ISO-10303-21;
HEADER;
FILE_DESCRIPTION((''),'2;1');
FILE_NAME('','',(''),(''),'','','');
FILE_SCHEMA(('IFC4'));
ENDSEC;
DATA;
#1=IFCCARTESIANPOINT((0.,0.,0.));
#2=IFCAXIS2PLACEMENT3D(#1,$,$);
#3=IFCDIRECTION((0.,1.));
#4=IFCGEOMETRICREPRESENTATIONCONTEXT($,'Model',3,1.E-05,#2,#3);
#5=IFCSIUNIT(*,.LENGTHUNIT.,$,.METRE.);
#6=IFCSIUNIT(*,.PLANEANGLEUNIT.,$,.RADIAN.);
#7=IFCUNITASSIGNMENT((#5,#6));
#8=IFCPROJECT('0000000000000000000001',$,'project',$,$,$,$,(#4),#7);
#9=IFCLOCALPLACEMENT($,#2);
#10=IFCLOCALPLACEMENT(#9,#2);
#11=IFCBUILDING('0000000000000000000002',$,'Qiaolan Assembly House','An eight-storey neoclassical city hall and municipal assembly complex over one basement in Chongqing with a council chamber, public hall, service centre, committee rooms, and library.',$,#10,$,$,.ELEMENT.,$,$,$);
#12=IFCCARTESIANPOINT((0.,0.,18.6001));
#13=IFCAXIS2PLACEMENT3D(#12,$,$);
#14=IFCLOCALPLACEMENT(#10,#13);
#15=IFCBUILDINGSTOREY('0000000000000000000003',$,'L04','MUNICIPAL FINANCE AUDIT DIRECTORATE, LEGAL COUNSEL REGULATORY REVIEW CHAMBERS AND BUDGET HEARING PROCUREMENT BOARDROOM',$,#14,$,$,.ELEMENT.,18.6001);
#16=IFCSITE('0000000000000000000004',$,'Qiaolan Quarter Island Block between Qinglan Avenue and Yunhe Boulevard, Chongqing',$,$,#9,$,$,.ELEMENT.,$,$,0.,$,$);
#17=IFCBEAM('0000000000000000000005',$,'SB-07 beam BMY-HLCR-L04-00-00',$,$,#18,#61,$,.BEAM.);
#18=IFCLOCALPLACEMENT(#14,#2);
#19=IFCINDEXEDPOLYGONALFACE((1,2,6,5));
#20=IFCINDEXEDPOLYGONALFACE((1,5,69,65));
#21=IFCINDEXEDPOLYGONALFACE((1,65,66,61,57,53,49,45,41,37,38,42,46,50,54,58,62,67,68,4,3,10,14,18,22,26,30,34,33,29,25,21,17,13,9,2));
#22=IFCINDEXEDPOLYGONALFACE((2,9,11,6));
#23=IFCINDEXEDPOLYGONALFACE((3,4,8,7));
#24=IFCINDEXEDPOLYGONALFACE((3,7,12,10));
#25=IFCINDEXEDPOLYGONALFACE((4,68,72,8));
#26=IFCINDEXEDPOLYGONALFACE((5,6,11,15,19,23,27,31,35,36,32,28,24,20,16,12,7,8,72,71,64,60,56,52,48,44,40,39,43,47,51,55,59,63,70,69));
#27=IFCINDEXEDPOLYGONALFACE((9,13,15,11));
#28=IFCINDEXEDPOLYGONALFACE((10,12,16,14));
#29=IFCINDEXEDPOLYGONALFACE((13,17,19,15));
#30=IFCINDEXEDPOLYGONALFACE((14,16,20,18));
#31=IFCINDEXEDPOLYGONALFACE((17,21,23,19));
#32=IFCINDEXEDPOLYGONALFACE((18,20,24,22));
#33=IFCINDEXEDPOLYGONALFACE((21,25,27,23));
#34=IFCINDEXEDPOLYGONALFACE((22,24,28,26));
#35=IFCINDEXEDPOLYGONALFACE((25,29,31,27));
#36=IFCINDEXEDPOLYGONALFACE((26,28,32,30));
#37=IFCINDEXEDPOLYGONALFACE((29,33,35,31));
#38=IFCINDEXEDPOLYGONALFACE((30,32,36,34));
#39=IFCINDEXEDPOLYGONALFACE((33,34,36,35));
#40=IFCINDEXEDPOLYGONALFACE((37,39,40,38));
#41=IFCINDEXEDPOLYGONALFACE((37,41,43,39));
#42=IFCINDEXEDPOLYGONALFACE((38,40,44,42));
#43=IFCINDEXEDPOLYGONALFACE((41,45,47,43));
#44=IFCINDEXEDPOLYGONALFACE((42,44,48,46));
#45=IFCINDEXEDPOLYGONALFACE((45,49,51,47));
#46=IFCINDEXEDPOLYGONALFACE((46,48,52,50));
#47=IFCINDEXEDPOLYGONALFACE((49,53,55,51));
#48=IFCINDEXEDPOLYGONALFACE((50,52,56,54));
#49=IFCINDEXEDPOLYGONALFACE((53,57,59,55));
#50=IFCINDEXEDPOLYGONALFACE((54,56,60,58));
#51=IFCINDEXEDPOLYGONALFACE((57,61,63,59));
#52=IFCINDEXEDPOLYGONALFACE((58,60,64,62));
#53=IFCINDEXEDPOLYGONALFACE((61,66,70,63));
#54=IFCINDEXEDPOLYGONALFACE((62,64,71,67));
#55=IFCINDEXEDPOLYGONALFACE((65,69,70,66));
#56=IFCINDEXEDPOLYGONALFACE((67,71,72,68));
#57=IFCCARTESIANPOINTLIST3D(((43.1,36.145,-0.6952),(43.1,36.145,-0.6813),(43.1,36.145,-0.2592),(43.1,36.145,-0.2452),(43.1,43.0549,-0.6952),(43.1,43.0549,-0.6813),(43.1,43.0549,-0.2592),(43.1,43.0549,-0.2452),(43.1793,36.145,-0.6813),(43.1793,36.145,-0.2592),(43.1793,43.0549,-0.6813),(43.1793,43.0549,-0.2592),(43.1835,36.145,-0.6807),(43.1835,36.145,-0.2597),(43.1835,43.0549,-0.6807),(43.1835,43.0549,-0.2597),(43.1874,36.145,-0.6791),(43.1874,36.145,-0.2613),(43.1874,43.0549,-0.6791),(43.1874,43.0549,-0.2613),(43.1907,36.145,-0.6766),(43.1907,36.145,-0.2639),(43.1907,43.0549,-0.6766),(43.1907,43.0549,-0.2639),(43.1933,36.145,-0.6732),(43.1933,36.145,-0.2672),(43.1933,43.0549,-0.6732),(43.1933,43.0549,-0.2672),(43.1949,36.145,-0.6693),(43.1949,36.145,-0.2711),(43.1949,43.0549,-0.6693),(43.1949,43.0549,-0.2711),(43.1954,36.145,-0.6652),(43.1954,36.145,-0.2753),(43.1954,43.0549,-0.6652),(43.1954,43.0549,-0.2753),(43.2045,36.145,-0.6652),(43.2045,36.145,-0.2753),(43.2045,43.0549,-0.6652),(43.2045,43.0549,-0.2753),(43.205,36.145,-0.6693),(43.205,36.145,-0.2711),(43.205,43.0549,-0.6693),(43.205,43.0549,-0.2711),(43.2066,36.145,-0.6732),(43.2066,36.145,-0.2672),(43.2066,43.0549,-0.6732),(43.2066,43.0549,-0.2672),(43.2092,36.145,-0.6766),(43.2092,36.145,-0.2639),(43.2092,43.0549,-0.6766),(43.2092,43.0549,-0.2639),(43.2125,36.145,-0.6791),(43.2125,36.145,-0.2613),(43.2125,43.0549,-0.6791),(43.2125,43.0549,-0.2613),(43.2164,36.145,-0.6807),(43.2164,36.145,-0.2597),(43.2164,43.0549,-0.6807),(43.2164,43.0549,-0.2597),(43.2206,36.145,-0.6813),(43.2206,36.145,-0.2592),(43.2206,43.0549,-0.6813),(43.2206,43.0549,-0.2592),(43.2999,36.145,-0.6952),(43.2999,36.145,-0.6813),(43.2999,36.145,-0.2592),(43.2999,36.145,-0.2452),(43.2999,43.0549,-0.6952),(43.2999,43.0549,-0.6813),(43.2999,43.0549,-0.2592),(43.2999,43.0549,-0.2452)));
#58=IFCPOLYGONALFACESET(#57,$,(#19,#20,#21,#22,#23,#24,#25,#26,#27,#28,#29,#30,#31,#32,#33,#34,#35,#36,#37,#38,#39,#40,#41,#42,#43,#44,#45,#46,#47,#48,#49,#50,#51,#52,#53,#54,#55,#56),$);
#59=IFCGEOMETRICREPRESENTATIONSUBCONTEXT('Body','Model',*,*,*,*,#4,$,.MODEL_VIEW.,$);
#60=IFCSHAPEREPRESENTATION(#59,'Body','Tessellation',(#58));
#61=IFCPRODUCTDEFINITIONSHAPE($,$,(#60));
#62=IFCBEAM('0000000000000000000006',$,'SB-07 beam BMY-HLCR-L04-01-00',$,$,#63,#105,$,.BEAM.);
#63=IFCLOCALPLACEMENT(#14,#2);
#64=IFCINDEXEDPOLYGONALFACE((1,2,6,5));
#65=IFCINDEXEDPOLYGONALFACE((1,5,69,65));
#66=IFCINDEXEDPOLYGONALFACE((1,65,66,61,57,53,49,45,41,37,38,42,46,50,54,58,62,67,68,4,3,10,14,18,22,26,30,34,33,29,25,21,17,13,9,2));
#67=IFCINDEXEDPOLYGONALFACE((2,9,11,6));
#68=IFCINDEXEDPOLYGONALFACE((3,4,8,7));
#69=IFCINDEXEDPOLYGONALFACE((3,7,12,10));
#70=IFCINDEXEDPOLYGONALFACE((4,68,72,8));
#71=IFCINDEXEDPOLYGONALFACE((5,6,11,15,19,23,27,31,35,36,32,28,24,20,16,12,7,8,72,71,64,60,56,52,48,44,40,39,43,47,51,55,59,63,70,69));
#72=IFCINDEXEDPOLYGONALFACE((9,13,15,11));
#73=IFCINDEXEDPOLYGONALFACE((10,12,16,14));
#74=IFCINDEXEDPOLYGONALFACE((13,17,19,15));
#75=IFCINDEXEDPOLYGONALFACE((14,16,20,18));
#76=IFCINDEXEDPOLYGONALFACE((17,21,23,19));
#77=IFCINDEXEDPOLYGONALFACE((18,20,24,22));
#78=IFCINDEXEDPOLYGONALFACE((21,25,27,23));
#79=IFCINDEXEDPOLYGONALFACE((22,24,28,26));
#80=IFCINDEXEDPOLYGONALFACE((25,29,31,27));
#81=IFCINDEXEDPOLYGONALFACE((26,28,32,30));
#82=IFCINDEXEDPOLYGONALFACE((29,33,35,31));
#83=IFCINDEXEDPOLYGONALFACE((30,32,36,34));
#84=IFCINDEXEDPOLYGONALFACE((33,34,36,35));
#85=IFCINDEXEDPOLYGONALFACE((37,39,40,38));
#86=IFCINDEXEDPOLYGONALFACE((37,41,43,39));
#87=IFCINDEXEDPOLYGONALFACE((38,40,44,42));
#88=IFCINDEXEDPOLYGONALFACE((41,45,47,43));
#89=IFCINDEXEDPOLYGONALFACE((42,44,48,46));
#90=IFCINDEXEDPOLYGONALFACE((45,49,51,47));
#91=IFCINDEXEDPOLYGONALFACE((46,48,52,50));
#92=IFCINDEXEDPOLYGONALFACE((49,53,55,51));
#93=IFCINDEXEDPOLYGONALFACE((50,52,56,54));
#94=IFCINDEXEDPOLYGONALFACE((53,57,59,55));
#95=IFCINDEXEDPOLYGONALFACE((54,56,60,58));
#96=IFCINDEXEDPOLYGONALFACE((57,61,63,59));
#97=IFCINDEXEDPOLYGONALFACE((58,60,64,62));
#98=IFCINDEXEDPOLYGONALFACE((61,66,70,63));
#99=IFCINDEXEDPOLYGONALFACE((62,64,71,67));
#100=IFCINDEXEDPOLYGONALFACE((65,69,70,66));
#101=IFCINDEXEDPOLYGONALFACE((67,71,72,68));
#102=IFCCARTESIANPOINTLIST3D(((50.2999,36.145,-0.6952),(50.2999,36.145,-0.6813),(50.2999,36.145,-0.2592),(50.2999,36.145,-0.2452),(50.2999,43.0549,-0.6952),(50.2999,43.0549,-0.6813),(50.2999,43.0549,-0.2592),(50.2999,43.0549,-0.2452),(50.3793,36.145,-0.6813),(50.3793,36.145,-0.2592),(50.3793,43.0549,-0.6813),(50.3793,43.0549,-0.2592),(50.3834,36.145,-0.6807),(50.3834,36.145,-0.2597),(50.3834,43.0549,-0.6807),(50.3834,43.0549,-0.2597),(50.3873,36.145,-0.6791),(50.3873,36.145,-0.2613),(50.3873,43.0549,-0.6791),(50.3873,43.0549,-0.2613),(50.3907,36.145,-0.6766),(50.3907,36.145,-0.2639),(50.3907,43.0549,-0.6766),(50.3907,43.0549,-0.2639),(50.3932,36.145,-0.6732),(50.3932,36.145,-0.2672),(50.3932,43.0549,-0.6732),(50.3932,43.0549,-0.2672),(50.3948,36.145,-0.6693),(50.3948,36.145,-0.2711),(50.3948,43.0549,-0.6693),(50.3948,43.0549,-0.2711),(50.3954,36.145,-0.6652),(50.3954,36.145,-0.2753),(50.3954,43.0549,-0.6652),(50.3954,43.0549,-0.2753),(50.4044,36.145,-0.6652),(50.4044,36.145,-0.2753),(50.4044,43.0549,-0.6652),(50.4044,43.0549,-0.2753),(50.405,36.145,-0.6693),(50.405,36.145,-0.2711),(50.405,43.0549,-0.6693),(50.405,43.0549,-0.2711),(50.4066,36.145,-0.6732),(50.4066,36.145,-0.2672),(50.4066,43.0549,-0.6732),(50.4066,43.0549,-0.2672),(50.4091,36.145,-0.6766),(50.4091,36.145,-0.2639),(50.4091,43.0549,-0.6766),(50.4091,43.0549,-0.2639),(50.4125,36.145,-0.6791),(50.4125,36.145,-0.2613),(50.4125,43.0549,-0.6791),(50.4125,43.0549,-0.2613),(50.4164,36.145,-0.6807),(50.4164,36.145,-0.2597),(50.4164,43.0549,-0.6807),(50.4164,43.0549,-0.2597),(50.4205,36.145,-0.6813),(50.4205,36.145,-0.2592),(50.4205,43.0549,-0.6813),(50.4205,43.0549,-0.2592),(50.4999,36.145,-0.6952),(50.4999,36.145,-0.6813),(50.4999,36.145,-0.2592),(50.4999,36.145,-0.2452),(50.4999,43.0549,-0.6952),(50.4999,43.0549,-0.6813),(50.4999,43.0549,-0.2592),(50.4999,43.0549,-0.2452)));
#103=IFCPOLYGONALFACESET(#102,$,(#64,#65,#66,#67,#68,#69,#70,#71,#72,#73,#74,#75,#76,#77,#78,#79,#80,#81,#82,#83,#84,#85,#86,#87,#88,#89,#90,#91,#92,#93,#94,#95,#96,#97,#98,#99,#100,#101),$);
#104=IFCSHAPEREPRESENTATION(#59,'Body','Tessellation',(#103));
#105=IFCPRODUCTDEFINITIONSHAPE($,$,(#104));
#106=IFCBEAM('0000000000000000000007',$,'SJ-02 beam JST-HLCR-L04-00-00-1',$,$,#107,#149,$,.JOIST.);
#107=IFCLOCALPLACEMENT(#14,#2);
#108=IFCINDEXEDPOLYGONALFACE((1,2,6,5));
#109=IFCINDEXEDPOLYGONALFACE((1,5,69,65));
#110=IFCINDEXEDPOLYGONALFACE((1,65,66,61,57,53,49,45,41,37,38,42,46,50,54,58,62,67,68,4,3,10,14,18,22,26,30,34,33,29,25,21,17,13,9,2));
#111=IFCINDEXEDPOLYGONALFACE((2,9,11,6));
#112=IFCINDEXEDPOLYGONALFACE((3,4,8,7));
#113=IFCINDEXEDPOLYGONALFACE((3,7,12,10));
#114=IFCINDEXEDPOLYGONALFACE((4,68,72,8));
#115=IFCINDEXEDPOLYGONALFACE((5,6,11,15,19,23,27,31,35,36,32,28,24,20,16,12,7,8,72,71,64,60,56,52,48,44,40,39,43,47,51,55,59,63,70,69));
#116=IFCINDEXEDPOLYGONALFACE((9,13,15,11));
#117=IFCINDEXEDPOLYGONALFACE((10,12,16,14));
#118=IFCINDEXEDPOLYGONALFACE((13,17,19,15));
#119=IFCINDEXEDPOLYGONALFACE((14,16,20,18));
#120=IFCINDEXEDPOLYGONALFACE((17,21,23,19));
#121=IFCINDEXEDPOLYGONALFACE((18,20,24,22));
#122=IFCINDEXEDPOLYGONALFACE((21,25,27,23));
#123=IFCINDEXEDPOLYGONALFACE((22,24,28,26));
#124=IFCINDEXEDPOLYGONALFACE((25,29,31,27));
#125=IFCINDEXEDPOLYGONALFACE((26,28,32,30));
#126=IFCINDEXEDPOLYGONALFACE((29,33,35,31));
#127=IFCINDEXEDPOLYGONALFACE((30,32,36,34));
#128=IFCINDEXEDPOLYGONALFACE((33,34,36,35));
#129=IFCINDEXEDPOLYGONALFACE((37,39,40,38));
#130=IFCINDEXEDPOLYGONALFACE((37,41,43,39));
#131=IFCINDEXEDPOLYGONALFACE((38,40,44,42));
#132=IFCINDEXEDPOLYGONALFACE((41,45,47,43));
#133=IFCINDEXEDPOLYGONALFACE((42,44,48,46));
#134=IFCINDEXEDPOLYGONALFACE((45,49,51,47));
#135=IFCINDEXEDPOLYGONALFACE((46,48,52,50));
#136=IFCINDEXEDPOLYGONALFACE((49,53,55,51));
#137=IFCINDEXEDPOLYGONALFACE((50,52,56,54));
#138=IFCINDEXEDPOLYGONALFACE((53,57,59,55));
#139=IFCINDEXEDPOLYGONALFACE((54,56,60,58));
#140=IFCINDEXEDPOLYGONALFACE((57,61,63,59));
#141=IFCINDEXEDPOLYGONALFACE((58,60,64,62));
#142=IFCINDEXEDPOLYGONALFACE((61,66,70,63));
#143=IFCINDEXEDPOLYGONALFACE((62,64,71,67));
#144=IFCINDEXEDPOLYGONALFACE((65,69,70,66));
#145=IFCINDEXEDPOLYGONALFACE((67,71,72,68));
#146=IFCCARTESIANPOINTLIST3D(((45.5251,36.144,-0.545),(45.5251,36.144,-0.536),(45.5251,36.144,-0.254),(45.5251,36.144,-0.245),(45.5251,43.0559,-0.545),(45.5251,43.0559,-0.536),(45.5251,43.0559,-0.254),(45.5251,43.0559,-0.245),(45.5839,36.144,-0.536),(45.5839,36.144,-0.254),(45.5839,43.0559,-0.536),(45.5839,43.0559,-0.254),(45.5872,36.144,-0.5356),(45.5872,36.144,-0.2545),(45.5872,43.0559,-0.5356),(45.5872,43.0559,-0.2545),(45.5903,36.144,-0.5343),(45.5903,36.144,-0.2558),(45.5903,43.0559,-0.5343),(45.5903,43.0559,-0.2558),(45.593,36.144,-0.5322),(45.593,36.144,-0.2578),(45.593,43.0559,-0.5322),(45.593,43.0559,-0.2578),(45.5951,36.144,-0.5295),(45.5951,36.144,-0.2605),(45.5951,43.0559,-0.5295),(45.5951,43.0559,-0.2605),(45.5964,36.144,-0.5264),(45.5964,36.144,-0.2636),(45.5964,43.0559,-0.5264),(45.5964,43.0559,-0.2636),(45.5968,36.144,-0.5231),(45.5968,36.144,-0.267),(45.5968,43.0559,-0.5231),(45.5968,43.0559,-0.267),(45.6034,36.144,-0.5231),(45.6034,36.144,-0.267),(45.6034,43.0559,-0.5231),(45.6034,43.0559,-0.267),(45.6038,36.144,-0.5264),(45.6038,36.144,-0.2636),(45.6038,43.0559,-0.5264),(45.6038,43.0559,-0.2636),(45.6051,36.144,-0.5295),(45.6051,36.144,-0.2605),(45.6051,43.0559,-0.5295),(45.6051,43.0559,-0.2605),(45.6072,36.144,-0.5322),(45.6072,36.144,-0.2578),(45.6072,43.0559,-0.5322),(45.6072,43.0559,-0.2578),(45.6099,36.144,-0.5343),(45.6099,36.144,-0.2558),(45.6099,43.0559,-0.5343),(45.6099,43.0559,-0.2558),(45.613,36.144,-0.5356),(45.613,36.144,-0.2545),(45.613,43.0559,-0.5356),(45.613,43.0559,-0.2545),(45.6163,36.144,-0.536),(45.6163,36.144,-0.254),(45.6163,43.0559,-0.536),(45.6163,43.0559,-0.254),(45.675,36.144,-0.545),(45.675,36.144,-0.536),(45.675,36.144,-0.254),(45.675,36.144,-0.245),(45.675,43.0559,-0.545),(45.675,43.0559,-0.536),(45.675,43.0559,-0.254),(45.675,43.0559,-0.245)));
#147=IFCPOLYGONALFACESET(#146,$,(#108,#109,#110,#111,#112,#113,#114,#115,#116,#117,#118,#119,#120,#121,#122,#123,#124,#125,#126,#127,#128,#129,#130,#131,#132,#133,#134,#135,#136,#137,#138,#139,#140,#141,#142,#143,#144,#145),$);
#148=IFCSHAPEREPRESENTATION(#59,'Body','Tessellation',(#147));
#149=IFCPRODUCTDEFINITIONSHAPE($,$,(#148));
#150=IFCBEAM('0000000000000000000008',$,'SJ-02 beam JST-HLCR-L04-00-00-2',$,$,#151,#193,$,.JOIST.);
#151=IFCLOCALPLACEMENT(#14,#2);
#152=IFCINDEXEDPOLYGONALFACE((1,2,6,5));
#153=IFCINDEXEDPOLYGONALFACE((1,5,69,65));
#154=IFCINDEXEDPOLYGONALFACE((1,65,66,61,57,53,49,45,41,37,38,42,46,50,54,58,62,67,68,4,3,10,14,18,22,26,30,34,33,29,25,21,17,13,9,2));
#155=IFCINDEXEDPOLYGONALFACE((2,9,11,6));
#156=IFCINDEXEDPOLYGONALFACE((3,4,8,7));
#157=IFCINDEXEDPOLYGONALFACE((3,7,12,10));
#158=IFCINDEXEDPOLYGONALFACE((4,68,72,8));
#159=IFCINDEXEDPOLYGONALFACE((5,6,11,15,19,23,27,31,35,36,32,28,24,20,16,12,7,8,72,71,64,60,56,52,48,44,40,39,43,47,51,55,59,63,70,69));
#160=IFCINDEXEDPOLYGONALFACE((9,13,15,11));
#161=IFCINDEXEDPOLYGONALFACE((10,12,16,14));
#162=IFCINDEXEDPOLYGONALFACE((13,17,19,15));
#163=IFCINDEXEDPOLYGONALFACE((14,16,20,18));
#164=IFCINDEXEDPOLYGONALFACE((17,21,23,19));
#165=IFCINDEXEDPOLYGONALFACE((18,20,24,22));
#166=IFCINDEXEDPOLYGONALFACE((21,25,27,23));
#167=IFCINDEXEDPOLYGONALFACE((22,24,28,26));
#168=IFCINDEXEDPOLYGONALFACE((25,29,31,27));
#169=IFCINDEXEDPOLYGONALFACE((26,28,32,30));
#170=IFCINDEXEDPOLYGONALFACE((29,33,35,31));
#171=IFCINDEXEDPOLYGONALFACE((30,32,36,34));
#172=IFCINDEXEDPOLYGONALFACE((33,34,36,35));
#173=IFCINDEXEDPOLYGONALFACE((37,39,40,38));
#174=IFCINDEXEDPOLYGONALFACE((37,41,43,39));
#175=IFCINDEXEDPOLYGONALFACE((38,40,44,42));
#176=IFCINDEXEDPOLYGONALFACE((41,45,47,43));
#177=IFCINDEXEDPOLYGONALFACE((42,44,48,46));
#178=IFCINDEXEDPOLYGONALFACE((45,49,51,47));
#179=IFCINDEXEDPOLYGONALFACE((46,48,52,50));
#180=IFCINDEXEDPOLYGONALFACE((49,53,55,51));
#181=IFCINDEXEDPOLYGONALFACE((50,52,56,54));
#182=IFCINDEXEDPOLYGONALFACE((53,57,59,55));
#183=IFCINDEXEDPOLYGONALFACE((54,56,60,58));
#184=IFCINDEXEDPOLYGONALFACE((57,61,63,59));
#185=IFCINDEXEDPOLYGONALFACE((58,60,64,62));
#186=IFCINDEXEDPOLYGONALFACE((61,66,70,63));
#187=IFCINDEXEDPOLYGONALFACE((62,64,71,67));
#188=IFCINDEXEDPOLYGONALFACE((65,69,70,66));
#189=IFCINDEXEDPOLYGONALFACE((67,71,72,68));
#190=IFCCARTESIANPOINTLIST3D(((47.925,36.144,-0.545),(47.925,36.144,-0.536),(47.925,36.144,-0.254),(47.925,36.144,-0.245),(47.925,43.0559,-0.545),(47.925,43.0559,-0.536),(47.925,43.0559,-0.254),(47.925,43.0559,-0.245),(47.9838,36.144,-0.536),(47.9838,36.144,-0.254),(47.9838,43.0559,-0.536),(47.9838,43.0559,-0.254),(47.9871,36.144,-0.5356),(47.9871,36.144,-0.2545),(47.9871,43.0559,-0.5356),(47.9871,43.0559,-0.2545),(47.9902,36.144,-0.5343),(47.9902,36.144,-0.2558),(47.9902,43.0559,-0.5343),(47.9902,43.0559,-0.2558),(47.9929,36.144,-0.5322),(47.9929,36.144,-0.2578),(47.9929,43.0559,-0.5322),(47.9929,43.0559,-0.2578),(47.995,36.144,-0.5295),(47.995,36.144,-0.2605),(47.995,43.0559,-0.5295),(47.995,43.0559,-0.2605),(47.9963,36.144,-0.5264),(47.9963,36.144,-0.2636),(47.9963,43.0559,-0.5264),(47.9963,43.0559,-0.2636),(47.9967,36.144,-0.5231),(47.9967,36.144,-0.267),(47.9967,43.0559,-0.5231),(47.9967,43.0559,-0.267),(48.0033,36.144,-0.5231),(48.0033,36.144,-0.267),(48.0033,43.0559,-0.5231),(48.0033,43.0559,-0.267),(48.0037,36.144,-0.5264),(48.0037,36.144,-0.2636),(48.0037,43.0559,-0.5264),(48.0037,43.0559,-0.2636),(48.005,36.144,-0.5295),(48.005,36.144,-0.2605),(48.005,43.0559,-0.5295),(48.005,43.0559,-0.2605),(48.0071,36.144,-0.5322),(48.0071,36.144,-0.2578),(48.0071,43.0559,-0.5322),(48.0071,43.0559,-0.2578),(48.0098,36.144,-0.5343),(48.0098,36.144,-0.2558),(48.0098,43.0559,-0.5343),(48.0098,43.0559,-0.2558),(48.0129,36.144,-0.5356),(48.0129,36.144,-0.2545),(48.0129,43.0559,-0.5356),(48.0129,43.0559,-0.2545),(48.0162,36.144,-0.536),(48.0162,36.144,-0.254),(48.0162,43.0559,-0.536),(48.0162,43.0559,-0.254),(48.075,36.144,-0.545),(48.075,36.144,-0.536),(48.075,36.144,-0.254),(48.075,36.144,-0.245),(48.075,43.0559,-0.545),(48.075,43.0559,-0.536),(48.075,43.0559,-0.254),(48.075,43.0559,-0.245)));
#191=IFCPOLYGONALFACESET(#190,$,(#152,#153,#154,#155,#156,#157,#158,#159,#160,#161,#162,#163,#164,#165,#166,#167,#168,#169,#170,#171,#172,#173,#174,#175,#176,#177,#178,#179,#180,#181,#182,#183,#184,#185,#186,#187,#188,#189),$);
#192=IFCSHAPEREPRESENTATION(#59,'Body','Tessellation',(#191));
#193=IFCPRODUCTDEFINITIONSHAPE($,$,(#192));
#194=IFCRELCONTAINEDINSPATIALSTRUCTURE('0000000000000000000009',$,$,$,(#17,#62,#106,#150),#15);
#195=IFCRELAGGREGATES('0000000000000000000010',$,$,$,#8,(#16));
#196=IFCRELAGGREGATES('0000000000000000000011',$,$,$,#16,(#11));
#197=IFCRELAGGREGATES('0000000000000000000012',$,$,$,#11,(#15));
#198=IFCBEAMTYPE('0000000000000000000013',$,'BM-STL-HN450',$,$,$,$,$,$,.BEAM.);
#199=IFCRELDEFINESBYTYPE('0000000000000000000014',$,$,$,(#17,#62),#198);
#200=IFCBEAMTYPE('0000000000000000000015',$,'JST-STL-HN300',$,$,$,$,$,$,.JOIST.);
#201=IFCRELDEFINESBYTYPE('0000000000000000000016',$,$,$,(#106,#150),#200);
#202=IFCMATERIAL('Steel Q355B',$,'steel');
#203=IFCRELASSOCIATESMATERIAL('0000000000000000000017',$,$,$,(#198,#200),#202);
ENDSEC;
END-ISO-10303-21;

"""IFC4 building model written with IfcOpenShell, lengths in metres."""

from ifc_helpers import new_model, si_unit, direction, frame, origin, origin_2d, place, context, subcontext, project, spatial, i_section, extrude, material, material_profile, profile_set, type_object, element, save


model = new_model("IFC4")

# Units and contexts
model_context = context("Model", 3, precision=1e-05, world=origin(), true_north=direction((0.0, 1.0)))
body_context = subcontext(model_context, "Body", "Model", "MODEL_VIEW")
ifc_project = project(units=[si_unit("LENGTHUNIT", "METRE"), si_unit("PLANEANGLEUNIT", "RADIAN")], contexts=[model_context])

# Site, building, storey
site_placement = place(None, origin())
site = spatial("IfcSite", under=ifc_project, at=site_placement, Name="Qiaolan Quarter Island Block between Qinglan Avenue and Yunhe Boulevard, Chongqing", CompositionType="ELEMENT", RefElevation=0.0)
building_placement = place(site_placement, origin())
building = spatial("IfcBuilding", under=site, at=building_placement, Name="Qiaolan Assembly House", Description="An eight-storey neoclassical city hall and municipal assembly complex over one basement in Chongqing with a council chamber, public hall, service centre, committee rooms, and library.", CompositionType="ELEMENT")
storey_placement = place(building_placement, frame((0.0, 0.0, 18.6001)))
storey = spatial("IfcBuildingStorey", under=building, at=storey_placement, Name="L04", Description="MUNICIPAL FINANCE AUDIT DIRECTORATE, LEGAL COUNSEL REGULATORY REVIEW CHAMBERS AND BUDGET HEARING PROCUREMENT BOARDROOM", CompositionType="ELEMENT", Elevation=18.6001)

# Beams
ifc_material_1 = material(Name="Steel Q355B", Category="steel")
ifc_material_profile_1 = material_profile(ifc_material_1, i_section(OverallWidth=0.2, OverallDepth=0.45, WebThickness=0.009, FlangeThickness=0.0139, FilletRadius=0.0161, at=origin_2d()), Name="HN 450x200x9x14")
ifc_profile_set_1 = profile_set([ifc_material_profile_1], Name="Steel Q355B")
beam_type_1 = type_object("IfcBeamType", Name="BM-STL-HN450", PredefinedType="BEAM", material=ifc_profile_set_1)
for number, where, z_axis, x_axis, name in (
    (1, (43.2, 36.145, -0.4702), (0.0, 1.0, 0.0), (-1.0, 0.0, 0.0), "SB-07 beam BMY-HLCR-L04-00-00"),
    (2, (50.3999, 36.145, -0.4702), (0.0, 1.0, 0.0), (-1.0, 0.0, 0.0), "SB-07 beam BMY-HLCR-L04-01-00"),
):
    element("IfcBeam", number, at=place(storey_placement, frame(where, z_axis=z_axis, x_axis=x_axis)), inside=storey, type_object=beam_type_1, Name=name, PredefinedType="BEAM", context=body_context, shape_type="SweptSolid", body=[
        extrude(i_section(OverallWidth=0.2, OverallDepth=0.45, WebThickness=0.009, FlangeThickness=0.0139, FilletRadius=0.0161, at=origin_2d()), origin(), (0.0, 0.0, 1.0), 6.9099),
    ])
ifc_material_profile_2 = material_profile(ifc_material_1, i_section(OverallWidth=0.1499, OverallDepth=0.3, WebThickness=0.0066, FlangeThickness=0.009, FilletRadius=0.0129, at=origin_2d()), Name="HN 300x150x6.5x9")
ifc_profile_set_2 = profile_set([ifc_material_profile_2], Name="Steel Q355B")
beam_type_2 = type_object("IfcBeamType", Name="JST-STL-HN300", PredefinedType="JOIST", material=ifc_profile_set_2)
for number, where, z_axis, x_axis, name in (
    (3, (45.6001, 36.144, -0.395), (0.0, 1.0, 0.0), (-1.0, 0.0, 0.0), "SJ-02 beam JST-HLCR-L04-00-00-1"),
    (4, (48.0, 36.144, -0.395), (0.0, 1.0, 0.0), (-1.0, 0.0, 0.0), "SJ-02 beam JST-HLCR-L04-00-00-2"),
):
    element("IfcBeam", number, at=place(storey_placement, frame(where, z_axis=z_axis, x_axis=x_axis)), inside=storey, type_object=beam_type_2, Name=name, PredefinedType="JOIST", context=body_context, shape_type="SweptSolid", body=[
        extrude(i_section(OverallWidth=0.1499, OverallDepth=0.3, WebThickness=0.0066, FlangeThickness=0.009, FilletRadius=0.0129, at=origin_2d()), origin(), (0.0, 0.0, 1.0), 6.9119),
    ])

save(model, "model.ifc")
